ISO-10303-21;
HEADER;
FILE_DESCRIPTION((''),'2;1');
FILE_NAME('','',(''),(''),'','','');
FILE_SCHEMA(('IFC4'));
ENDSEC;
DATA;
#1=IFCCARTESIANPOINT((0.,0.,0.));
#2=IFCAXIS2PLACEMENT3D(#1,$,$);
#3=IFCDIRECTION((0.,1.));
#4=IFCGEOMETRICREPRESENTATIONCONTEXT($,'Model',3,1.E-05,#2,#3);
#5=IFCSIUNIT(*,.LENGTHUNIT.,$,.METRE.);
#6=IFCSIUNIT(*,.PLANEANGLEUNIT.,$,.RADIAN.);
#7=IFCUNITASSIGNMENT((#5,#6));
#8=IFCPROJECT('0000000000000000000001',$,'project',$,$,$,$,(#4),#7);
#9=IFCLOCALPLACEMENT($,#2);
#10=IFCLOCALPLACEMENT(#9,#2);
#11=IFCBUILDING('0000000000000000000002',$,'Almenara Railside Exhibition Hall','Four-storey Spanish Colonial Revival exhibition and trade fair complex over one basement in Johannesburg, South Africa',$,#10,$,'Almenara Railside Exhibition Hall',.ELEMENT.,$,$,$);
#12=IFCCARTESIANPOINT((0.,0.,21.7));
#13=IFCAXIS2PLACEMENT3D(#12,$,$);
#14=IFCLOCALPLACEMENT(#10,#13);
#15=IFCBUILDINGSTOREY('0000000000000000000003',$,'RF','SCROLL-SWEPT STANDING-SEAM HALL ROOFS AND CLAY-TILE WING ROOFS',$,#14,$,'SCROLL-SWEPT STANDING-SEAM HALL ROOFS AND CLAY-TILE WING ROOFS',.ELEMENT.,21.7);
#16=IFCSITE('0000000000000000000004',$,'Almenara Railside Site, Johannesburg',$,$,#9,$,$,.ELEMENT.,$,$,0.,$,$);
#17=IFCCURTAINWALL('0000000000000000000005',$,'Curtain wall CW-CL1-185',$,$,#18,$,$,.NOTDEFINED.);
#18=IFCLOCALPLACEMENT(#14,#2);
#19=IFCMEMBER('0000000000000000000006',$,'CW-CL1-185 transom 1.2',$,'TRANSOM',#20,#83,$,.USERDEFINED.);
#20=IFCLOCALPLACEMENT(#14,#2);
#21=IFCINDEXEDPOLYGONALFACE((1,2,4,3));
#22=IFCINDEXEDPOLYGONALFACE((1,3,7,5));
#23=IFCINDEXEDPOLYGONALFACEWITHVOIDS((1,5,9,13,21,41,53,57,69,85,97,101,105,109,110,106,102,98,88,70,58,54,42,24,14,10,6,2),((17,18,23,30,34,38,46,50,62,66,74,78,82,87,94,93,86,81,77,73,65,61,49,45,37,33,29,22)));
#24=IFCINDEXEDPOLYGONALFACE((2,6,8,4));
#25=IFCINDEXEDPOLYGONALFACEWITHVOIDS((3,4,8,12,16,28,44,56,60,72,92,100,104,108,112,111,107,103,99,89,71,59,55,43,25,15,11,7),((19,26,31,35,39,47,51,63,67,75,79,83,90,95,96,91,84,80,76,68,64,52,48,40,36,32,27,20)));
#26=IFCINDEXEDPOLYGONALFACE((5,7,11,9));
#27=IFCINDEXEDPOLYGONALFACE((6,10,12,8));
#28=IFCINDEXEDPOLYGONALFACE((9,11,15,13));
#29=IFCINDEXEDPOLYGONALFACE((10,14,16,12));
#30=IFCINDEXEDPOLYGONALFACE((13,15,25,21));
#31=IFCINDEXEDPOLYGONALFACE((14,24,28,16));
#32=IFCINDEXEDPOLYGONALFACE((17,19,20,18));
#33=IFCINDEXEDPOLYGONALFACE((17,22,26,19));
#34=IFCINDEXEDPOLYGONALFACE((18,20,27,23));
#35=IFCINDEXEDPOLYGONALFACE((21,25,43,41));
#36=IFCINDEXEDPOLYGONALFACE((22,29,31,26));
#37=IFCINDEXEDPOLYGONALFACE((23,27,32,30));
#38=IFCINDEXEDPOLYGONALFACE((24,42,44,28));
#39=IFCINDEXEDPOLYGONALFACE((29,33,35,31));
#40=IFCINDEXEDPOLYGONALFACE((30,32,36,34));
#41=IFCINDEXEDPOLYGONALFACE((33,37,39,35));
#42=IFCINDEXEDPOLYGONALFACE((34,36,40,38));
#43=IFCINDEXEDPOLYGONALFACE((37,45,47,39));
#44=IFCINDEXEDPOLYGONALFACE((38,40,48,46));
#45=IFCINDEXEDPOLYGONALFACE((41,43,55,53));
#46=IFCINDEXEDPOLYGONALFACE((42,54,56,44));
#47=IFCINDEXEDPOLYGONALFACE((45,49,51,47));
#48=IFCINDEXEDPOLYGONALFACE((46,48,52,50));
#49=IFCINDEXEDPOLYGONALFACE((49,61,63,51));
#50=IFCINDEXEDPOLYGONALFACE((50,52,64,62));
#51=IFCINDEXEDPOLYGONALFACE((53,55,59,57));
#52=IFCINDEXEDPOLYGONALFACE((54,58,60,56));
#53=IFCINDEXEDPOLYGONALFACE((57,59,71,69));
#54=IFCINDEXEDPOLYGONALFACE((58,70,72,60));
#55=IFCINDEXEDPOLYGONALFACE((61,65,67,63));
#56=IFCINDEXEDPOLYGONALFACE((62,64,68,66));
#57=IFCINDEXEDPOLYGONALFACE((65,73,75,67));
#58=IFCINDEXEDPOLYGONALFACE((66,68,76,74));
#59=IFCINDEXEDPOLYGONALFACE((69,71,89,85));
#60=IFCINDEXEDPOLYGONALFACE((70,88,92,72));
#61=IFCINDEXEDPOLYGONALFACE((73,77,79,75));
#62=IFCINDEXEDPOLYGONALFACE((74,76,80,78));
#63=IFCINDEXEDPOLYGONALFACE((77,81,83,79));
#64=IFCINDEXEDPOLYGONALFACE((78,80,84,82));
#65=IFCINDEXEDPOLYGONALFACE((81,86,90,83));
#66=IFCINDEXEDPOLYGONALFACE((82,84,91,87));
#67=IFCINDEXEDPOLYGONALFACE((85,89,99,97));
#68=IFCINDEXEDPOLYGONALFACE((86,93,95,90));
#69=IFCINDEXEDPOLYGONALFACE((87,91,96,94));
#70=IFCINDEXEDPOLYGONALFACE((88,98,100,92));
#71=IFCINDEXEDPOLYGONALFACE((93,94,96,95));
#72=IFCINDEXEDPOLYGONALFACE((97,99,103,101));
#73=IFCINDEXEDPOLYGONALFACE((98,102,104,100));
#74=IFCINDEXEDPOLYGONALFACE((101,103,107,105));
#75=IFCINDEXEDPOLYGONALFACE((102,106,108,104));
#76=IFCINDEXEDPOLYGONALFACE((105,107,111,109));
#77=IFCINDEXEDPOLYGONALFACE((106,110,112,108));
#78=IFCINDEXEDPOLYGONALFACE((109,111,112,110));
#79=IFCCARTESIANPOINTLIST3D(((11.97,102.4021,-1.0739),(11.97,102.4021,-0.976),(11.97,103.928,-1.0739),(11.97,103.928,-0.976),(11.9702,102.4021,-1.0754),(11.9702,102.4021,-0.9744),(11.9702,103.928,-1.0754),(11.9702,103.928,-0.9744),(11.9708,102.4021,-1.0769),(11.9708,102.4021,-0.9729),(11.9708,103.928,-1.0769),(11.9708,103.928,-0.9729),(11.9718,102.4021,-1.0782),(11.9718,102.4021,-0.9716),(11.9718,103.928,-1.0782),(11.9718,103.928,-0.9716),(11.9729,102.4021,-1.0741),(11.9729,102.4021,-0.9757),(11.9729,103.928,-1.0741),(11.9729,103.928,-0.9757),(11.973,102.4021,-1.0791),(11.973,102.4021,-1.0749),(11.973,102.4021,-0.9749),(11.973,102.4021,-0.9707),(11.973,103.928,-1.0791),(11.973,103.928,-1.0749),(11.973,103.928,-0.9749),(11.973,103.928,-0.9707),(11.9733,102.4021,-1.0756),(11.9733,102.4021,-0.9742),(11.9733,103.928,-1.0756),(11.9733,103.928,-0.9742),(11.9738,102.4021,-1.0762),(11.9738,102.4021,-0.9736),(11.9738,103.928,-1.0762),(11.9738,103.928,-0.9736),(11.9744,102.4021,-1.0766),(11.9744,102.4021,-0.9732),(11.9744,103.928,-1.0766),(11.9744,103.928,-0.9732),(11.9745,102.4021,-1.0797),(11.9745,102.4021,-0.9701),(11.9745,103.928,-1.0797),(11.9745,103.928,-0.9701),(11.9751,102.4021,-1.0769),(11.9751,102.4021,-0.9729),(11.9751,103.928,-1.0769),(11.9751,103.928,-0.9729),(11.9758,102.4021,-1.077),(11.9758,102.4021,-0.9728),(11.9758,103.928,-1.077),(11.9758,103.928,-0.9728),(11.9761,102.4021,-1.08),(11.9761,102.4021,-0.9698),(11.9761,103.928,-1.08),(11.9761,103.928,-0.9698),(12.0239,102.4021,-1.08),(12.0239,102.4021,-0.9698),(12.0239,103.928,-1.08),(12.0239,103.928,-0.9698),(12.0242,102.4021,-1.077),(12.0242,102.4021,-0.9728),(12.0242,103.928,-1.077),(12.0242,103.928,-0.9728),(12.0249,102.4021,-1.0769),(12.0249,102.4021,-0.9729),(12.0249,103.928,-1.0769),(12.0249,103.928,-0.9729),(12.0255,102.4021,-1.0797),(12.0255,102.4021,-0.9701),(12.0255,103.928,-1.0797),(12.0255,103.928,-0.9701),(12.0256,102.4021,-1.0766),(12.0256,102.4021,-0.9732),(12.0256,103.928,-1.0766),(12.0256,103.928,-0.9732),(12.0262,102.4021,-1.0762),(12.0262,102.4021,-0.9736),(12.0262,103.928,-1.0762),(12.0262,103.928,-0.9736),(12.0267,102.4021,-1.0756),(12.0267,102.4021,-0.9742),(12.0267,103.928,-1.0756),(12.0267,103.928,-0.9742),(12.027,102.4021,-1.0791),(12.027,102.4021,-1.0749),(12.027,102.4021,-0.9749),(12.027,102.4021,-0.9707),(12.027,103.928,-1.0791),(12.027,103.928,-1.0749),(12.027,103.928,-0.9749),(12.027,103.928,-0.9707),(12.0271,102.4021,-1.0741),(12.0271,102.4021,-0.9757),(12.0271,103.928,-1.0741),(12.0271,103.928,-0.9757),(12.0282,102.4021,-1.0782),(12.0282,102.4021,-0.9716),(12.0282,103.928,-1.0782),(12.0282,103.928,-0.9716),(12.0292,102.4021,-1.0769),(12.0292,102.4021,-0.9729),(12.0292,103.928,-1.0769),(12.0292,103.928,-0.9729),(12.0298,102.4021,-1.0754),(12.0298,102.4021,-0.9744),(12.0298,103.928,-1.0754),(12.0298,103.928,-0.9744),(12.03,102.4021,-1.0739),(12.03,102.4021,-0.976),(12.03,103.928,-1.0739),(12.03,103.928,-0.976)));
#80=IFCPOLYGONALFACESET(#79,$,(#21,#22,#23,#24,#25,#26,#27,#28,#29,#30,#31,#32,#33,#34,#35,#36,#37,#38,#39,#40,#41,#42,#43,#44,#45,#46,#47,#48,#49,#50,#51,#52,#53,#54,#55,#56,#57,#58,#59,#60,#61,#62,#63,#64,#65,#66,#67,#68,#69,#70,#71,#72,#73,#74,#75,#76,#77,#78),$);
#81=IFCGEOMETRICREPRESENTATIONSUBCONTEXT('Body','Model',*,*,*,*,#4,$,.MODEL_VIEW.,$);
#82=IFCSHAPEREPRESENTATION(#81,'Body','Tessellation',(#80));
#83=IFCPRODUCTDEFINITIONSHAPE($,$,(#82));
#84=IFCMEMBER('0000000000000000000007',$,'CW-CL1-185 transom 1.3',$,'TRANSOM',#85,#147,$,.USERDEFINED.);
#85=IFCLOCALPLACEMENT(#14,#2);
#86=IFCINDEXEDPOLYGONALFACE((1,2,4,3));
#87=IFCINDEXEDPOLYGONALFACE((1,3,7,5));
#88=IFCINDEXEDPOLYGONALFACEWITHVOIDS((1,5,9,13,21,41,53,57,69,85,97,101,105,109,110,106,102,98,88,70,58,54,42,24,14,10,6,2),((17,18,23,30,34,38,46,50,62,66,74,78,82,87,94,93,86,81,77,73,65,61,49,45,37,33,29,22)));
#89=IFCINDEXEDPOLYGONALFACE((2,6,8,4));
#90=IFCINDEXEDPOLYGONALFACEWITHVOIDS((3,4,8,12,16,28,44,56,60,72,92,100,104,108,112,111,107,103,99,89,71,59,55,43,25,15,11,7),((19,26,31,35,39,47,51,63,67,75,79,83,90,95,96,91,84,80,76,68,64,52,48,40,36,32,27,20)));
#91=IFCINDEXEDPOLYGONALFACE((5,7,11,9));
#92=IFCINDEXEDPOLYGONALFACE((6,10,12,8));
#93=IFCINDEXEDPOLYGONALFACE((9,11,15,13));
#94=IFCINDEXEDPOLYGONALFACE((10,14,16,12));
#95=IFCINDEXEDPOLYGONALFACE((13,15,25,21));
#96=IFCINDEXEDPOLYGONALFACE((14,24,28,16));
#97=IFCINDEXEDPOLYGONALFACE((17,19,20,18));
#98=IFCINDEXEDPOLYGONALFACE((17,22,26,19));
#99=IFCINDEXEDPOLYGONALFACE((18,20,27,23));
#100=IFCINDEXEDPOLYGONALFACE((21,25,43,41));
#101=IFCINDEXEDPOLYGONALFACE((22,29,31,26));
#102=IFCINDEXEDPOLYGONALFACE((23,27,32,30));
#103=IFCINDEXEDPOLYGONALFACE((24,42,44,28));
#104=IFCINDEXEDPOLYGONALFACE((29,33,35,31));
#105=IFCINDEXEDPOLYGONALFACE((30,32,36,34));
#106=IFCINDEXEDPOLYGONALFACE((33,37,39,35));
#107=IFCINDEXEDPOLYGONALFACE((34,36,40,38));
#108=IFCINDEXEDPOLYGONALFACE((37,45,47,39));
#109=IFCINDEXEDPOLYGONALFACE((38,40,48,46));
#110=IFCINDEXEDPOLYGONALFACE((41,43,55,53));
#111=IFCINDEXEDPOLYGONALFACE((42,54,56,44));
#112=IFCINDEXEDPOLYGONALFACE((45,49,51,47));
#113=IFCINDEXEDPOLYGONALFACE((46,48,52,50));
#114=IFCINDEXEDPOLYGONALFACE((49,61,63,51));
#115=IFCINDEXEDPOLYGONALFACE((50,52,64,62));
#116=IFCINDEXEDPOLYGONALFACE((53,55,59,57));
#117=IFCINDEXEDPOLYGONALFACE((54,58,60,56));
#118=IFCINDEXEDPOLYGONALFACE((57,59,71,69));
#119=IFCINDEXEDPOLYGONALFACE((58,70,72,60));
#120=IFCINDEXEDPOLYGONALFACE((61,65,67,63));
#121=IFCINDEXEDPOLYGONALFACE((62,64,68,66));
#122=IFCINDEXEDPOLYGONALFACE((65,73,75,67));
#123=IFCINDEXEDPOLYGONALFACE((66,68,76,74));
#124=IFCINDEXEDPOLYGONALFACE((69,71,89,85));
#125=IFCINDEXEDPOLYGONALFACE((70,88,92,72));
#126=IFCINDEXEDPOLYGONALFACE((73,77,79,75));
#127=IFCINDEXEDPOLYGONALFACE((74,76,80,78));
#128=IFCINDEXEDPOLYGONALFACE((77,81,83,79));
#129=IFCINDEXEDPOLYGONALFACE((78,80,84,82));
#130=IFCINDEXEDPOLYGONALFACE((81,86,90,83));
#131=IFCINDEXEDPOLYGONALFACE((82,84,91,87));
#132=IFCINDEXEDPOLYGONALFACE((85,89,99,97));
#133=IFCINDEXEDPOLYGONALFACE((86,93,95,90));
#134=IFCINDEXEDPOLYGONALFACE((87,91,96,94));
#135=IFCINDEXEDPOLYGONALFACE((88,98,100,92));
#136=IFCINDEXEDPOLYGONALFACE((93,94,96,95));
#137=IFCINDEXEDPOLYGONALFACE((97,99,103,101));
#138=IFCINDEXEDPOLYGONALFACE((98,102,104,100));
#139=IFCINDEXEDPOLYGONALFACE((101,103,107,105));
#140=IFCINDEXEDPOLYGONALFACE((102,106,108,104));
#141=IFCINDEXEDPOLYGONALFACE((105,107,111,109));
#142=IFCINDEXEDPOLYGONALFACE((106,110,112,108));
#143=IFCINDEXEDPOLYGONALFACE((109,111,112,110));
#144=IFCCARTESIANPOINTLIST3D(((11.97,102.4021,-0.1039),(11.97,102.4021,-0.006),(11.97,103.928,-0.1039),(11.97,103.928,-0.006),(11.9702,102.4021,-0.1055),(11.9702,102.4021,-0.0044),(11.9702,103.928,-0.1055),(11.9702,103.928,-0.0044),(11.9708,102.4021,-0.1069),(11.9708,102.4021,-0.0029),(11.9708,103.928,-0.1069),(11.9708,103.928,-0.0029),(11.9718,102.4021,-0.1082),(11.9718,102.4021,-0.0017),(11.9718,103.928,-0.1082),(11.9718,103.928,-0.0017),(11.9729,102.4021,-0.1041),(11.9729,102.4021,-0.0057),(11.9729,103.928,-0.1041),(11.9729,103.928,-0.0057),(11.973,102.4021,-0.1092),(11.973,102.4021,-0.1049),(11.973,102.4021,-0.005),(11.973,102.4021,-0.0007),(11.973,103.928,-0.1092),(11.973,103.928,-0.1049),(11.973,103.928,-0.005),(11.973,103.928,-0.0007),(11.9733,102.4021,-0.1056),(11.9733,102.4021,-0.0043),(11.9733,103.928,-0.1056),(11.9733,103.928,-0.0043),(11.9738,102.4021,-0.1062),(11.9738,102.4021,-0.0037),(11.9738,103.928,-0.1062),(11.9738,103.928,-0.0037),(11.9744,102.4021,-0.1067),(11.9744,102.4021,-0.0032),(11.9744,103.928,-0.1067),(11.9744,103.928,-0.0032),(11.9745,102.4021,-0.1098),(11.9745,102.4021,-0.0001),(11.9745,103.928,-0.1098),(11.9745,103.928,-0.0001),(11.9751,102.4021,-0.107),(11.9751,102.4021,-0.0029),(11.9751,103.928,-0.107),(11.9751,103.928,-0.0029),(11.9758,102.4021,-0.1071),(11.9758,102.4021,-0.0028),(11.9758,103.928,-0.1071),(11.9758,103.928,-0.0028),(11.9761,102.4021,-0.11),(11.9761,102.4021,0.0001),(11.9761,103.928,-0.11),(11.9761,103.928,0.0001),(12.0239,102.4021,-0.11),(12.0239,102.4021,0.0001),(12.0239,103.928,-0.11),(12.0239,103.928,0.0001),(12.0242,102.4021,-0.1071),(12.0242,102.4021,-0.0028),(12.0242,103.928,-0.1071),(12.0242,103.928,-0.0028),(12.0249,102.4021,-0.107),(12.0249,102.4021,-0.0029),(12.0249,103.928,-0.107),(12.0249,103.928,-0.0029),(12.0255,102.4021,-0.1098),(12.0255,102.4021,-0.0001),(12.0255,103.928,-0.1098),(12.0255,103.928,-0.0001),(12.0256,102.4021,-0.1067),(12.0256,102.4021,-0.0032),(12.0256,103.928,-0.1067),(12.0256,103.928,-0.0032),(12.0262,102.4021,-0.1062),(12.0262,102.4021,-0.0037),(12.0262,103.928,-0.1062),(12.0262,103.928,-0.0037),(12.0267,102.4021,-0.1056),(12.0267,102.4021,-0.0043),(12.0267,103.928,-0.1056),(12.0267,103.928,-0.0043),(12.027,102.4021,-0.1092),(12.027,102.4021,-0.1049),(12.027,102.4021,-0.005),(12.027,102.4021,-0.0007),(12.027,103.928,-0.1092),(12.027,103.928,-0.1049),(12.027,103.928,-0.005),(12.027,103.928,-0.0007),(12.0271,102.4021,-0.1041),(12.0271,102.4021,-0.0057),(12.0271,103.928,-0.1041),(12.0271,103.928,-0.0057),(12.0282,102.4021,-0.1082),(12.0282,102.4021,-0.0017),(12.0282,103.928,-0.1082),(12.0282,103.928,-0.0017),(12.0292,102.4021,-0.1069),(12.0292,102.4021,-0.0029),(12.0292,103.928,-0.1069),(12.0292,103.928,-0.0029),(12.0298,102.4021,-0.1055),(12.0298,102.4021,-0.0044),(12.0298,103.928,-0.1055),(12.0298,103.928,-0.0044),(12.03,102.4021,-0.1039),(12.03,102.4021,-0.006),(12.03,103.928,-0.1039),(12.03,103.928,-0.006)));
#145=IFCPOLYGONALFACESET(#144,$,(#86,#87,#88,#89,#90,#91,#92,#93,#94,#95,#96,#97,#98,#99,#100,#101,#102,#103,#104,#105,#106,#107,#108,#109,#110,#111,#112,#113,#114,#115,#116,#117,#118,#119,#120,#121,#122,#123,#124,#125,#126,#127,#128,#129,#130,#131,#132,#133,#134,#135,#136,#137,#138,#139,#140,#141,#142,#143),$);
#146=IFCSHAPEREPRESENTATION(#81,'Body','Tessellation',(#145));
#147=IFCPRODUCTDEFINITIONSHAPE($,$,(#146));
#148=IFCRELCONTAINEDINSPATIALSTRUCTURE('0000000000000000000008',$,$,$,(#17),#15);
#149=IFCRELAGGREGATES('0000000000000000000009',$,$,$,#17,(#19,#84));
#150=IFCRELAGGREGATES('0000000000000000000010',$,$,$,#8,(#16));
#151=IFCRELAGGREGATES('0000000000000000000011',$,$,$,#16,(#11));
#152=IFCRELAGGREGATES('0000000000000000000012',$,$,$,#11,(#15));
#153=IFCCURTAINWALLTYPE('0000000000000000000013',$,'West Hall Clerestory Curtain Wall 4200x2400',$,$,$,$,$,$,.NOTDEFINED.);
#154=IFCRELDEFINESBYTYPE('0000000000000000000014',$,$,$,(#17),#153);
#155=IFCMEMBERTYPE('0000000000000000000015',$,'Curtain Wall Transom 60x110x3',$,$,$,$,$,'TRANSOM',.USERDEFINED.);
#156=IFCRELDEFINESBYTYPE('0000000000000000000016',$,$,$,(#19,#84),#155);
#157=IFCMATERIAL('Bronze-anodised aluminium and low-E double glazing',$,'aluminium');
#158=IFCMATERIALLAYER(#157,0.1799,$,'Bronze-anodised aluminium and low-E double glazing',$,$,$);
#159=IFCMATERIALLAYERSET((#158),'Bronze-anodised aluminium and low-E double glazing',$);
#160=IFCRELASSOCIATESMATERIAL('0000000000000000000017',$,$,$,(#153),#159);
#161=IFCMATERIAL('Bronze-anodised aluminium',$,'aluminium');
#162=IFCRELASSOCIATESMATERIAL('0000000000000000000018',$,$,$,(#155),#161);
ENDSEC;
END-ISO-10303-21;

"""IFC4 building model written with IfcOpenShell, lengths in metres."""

from ifc_helpers import new_model, si_unit, direction, frame, origin, origin_2d, place, context, subcontext, project, spatial, hollow_rectangle, extrude, material, layer, layer_set, material_profile, profile_set, type_object, element, aggregate, save


model = new_model("IFC4")

# Units and contexts
model_context = context("Model", 3, precision=1e-05, world=origin(), true_north=direction((0.0, 1.0)))
body_context = subcontext(model_context, "Body", "Model", "MODEL_VIEW")
ifc_project = project(units=[si_unit("LENGTHUNIT", "METRE"), si_unit("PLANEANGLEUNIT", "RADIAN")], contexts=[model_context])

# Site, building, storey
site_placement = place(None, origin())
site = spatial("IfcSite", under=ifc_project, at=site_placement, Name="Almenara Railside Site, Johannesburg", CompositionType="ELEMENT", RefElevation=0.0)
building_placement = place(site_placement, origin())
building = spatial("IfcBuilding", under=site, at=building_placement, Name="Almenara Railside Exhibition Hall", Description="Four-storey Spanish Colonial Revival exhibition and trade fair complex over one basement in Johannesburg, South Africa", LongName="Almenara Railside Exhibition Hall", CompositionType="ELEMENT")
storey_placement = place(building_placement, frame((0.0, 0.0, 21.7)))
storey = spatial("IfcBuildingStorey", under=building, at=storey_placement, Name="RF", Description="SCROLL-SWEPT STANDING-SEAM HALL ROOFS AND CLAY-TILE WING ROOFS", LongName="SCROLL-SWEPT STANDING-SEAM HALL ROOFS AND CLAY-TILE WING ROOFS", CompositionType="ELEMENT", Elevation=21.7)

# Curtain wall, members
ifc_material_1 = material(Name="Bronze-anodised aluminium and low-E double glazing", Category="aluminium")
ifc_layer_1 = layer(ifc_material_1, 0.1799, Name="Bronze-anodised aluminium and low-E double glazing")
ifc_layer_set_1 = layer_set([ifc_layer_1], Name="Bronze-anodised aluminium and low-E double glazing")
curtain_wall_type = type_object("IfcCurtainWallType", Name="West Hall Clerestory Curtain Wall 4200x2400", PredefinedType="NOTDEFINED", material=ifc_layer_set_1)
curtain_wall_placement = place(storey_placement, origin())
curtain_wall = element("IfcCurtainWall", 1, at=curtain_wall_placement, inside=storey, type_object=curtain_wall_type, Name="Curtain wall CW-CL1-185", PredefinedType="NOTDEFINED")
ifc_material_2 = material(Name="Bronze-anodised aluminium", Category="aluminium")
ifc_material_profile_1 = material_profile(ifc_material_2, hollow_rectangle(XDim=0.0601, YDim=0.1101, WallThickness=0.0029, InnerFilletRadius=0.0029, OuterFilletRadius=0.0061, at=origin_2d()), Name="ALU-TRN 60x110x3")
ifc_profile_set_1 = profile_set([ifc_material_profile_1], Name="Bronze-anodised aluminium")
member_type_1 = type_object("IfcMemberType", Name="Curtain Wall Transom 60x110x3", ElementType="TRANSOM", PredefinedType="USERDEFINED", material=ifc_profile_set_1)
member_1_placement = place(storey_placement, frame((12.0, 102.4021, -1.0249), z_axis=(0.0, 1.0, 0.0), x_axis=(-1.0, 0.0, 0.0)))
member_1 = element("IfcMember", 2, at=member_1_placement, type_object=member_type_1, Name="CW-CL1-185 transom 1.2", ObjectType="TRANSOM", PredefinedType="USERDEFINED", context=body_context, shape_type="SweptSolid", body=[
    extrude(hollow_rectangle(XDim=0.0601, YDim=0.1101, WallThickness=0.0029, InnerFilletRadius=0.0029, OuterFilletRadius=0.0061, at=origin_2d()), origin(), (0.0, 0.0, 1.0), 1.5259),
])
member_2_placement = place(storey_placement, frame((12.0, 102.4021, -0.0549), z_axis=(0.0, 1.0, 0.0), x_axis=(-1.0, 0.0, 0.0)))
member_2 = element("IfcMember", 3, at=member_2_placement, type_object=member_type_1, Name="CW-CL1-185 transom 1.3", ObjectType="TRANSOM", PredefinedType="USERDEFINED", context=body_context, shape_type="SweptSolid", body=[
    extrude(hollow_rectangle(XDim=0.0601, YDim=0.1101, WallThickness=0.0029, InnerFilletRadius=0.0029, OuterFilletRadius=0.0061, at=origin_2d()), origin(), (0.0, 0.0, 1.0), 1.5259),
])

aggregate(curtain_wall, [member_1, member_2])

save(model, "model.ifc")
